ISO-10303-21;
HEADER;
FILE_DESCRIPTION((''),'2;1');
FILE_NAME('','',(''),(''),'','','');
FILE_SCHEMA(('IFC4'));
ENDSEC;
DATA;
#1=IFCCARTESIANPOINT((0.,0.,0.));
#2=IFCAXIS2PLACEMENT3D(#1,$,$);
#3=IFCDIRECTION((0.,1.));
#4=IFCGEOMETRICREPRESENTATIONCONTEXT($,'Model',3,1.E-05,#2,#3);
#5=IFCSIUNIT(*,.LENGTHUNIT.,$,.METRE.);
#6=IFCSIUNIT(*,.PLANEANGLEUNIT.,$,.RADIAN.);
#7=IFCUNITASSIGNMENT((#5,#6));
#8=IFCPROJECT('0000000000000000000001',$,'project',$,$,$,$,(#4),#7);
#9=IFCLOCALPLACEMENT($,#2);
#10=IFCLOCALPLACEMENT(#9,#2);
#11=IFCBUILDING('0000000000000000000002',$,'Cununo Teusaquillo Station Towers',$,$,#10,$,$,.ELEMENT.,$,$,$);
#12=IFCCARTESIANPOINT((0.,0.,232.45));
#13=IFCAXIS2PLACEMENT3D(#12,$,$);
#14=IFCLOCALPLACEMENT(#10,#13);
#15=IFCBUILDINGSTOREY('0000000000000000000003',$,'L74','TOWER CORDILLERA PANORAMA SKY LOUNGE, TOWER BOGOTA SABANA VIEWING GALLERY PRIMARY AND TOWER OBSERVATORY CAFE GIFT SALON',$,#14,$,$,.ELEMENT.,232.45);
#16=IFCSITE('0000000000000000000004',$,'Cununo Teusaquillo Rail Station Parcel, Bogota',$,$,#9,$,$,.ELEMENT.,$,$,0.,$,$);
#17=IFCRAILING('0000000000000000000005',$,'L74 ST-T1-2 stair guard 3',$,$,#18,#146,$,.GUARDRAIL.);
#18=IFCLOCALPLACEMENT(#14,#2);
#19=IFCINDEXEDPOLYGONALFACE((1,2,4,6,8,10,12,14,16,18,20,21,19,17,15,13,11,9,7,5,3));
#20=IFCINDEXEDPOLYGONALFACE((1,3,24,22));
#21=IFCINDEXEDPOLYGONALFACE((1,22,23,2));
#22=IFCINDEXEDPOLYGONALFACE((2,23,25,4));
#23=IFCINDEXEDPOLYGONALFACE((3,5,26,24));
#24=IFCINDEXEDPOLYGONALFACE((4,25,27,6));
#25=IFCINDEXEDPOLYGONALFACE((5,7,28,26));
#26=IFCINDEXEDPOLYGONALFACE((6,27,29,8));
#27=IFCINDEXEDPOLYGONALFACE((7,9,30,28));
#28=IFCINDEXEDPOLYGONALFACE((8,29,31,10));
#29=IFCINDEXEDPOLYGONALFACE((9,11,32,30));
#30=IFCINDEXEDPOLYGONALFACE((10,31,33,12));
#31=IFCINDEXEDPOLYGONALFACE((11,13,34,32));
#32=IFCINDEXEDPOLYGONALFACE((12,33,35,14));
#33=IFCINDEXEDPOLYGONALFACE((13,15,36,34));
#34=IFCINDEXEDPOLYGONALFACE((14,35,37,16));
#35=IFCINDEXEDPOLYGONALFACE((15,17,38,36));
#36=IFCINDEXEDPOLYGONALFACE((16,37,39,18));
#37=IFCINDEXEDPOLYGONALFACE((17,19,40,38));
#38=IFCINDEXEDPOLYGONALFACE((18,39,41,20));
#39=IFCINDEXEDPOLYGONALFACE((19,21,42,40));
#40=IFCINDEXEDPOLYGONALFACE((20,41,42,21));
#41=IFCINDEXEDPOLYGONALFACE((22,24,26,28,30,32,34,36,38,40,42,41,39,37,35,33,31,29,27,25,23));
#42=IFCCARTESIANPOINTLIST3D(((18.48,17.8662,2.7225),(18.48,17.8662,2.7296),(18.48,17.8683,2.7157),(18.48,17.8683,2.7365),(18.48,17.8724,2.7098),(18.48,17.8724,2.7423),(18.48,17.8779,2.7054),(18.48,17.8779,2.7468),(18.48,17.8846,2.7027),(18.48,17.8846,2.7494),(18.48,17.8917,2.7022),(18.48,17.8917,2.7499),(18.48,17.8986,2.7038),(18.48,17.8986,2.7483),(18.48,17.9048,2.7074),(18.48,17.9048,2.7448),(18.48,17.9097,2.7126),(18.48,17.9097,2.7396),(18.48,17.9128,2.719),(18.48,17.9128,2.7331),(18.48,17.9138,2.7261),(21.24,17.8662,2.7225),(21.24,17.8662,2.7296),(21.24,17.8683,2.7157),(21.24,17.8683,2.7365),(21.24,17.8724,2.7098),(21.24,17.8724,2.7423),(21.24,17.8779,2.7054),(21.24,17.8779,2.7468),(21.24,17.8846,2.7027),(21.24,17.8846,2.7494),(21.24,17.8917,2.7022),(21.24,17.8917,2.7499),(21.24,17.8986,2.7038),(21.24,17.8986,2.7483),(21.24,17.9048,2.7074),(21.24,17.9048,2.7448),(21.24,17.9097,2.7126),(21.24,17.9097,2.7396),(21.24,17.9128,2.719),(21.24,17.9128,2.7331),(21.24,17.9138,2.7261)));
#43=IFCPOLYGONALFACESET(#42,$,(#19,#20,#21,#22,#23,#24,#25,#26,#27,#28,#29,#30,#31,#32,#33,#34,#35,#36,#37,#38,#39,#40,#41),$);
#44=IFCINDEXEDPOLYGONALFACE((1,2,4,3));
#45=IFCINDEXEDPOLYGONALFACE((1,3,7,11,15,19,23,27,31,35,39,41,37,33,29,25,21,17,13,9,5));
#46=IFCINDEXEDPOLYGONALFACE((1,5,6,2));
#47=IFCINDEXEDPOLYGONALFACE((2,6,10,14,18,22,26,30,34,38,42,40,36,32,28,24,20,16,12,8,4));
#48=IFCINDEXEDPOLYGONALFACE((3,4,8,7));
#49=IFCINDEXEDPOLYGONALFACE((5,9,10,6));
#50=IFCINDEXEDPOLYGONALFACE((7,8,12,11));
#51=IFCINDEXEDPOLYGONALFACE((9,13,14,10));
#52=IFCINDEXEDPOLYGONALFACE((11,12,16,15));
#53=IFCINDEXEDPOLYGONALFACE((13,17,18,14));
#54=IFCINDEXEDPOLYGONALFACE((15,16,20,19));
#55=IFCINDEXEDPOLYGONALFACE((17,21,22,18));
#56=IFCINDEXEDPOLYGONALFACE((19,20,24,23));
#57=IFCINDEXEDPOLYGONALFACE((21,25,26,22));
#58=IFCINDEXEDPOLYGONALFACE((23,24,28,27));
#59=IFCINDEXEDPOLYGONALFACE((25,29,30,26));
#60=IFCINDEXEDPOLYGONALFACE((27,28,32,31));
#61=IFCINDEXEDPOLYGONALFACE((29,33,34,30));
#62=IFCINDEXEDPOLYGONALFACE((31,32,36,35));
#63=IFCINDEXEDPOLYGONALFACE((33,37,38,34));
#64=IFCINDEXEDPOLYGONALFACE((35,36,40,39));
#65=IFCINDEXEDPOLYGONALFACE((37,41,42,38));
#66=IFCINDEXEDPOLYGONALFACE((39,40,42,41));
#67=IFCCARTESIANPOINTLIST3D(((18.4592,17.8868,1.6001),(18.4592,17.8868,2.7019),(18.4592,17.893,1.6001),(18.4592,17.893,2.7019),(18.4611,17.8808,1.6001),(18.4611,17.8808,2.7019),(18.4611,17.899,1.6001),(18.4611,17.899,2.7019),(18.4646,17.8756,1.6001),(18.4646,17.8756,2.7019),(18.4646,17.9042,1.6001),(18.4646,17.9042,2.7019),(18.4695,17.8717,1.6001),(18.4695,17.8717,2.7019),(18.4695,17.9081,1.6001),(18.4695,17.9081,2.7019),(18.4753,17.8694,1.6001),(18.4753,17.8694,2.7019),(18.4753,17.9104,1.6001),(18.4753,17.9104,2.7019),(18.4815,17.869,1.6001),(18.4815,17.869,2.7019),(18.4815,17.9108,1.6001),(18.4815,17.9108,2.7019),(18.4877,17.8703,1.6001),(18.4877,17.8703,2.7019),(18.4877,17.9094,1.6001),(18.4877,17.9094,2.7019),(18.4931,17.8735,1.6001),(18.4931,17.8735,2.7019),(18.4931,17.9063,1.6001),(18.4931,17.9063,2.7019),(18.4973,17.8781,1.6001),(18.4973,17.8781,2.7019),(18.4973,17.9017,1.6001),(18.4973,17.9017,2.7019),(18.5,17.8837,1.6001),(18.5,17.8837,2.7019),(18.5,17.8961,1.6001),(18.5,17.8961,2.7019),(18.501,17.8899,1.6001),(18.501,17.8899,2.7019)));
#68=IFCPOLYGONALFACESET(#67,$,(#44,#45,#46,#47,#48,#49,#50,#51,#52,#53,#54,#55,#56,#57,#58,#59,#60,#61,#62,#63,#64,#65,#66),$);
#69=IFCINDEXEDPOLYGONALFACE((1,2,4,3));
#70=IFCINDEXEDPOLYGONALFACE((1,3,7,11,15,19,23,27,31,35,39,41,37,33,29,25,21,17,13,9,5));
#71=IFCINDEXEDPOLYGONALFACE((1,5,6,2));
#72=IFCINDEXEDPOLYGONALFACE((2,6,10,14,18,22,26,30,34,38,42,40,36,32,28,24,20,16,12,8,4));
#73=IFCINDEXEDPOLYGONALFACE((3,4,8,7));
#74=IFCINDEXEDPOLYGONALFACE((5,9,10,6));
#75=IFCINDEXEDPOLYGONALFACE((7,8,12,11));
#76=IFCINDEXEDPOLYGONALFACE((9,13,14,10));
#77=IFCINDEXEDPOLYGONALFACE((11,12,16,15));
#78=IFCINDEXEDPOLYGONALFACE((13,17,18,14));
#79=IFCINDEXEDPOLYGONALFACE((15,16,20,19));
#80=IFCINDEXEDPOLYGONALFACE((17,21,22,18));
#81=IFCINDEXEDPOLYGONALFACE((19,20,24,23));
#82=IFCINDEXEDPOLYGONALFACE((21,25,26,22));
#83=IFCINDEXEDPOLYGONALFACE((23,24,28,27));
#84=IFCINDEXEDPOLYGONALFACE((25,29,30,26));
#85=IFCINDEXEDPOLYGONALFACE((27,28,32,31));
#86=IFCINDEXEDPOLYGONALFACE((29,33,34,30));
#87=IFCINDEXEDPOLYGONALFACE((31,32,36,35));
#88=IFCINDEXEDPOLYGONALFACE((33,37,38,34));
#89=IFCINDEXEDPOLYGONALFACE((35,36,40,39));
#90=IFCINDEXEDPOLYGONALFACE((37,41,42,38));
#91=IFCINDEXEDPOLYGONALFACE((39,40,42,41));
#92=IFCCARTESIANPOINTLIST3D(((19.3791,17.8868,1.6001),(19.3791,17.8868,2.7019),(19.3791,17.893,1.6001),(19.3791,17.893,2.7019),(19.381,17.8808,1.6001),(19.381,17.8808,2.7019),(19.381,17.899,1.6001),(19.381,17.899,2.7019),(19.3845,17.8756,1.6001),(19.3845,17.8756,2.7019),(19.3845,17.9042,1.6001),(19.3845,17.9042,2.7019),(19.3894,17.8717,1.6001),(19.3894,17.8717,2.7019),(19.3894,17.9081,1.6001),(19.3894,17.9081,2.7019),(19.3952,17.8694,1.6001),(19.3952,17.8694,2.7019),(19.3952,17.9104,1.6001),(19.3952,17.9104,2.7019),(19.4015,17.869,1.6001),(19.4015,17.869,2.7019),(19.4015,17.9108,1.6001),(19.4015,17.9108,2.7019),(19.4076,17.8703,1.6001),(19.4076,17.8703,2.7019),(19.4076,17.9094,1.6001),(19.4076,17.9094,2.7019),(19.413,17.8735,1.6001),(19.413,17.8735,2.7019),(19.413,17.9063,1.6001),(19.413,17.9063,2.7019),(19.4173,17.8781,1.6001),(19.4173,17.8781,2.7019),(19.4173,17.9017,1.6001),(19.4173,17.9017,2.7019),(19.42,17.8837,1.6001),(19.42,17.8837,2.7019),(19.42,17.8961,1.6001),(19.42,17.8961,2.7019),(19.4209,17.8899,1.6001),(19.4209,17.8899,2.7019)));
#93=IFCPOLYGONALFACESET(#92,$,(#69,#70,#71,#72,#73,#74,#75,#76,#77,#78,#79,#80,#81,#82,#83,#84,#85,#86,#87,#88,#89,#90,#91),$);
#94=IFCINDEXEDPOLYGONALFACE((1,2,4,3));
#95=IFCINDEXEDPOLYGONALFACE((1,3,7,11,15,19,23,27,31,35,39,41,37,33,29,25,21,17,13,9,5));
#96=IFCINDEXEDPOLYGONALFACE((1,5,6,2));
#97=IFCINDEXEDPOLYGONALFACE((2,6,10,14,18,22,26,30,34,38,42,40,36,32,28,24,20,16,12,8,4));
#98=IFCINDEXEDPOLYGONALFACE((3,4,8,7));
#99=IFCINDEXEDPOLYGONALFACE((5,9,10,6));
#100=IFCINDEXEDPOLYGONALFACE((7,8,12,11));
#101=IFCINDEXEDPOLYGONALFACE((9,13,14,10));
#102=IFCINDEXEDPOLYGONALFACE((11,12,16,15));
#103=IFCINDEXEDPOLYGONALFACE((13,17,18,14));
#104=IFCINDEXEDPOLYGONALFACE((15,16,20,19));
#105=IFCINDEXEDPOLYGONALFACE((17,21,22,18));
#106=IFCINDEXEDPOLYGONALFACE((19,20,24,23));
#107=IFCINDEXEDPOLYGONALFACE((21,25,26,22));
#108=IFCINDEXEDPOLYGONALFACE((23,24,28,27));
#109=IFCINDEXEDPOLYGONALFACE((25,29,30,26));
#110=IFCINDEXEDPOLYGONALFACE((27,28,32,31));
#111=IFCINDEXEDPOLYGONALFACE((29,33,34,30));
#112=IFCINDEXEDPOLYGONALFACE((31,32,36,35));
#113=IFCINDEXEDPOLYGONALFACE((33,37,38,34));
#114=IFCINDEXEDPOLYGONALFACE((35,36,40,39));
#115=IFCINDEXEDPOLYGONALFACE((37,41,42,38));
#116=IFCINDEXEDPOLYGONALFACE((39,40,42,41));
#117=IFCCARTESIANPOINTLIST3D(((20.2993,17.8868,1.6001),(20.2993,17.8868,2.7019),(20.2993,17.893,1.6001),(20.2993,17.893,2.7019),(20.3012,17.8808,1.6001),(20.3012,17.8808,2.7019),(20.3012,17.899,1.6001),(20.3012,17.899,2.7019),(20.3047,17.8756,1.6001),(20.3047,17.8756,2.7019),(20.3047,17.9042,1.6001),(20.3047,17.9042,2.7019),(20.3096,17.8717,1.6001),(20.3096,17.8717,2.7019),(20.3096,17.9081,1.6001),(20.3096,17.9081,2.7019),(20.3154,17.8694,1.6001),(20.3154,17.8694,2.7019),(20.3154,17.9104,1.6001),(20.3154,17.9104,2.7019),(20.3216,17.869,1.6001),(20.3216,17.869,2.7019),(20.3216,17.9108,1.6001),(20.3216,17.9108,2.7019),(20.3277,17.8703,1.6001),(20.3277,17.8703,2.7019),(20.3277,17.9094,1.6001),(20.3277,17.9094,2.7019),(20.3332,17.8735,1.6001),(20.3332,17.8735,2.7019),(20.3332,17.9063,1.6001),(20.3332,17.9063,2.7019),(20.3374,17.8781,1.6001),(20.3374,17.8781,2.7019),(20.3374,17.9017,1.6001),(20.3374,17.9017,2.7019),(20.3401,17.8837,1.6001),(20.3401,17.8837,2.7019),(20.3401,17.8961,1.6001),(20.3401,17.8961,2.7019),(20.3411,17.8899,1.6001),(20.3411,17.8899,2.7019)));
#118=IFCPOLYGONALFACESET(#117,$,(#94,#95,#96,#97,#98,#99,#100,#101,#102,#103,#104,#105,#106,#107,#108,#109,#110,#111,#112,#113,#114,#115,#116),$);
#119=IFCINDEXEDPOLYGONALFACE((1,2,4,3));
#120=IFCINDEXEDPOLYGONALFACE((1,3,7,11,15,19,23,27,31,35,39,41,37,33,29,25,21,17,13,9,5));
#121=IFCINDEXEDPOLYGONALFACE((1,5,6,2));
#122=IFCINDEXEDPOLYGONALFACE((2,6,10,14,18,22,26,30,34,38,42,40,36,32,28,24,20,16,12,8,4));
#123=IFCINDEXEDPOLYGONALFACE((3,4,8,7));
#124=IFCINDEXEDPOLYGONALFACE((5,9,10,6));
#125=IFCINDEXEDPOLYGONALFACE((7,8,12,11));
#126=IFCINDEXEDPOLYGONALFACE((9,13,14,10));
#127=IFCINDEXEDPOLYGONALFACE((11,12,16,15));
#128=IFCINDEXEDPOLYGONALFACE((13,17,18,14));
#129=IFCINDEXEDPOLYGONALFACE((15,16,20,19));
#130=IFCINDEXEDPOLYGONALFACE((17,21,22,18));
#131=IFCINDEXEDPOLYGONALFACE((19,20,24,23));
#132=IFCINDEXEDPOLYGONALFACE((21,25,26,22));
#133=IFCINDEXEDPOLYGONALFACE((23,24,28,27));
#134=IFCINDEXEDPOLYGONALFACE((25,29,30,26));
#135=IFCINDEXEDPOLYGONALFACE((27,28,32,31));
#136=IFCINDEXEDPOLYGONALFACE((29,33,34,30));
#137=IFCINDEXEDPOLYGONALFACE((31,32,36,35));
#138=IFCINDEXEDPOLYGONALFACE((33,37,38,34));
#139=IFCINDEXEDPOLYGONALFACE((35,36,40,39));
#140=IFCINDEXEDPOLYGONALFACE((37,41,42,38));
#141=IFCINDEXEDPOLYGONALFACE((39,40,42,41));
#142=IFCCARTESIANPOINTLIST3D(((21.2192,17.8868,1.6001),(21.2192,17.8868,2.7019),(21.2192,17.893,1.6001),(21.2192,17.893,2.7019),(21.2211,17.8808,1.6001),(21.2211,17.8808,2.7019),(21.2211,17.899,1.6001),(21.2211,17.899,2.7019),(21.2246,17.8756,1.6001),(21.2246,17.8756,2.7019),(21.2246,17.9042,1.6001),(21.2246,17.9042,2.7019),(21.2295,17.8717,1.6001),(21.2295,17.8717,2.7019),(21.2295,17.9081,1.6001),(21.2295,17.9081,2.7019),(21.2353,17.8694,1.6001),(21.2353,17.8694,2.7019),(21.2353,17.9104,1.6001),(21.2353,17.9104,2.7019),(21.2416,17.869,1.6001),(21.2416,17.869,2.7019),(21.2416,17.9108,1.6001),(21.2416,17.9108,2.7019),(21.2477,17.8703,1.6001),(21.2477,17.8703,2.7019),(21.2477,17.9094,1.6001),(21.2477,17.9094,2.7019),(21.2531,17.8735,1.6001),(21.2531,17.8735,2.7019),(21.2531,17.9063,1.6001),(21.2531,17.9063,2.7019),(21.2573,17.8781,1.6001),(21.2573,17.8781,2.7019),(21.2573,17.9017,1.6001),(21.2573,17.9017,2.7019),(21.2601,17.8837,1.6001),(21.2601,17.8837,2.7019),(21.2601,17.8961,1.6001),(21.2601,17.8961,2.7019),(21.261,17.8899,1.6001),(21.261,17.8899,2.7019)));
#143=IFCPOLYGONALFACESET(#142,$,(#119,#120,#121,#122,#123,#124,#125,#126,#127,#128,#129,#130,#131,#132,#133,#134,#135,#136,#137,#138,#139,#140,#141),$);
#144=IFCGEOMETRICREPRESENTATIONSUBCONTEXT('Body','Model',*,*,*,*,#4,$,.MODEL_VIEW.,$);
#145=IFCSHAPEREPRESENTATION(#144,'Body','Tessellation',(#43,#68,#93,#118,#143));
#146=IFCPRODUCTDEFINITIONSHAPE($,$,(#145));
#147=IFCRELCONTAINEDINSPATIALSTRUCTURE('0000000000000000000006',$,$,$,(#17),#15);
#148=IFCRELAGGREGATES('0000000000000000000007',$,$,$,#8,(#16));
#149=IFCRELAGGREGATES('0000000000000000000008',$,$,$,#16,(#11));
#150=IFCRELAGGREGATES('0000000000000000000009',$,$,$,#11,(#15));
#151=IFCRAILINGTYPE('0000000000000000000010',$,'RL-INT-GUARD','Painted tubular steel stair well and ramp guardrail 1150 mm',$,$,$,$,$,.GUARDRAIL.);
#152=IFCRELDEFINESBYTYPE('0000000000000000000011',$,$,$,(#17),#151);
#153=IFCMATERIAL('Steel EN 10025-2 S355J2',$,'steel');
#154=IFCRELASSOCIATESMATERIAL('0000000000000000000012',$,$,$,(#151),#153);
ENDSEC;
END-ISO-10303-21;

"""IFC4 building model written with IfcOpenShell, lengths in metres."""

from ifc_helpers import new_model, si_unit, direction, frame, origin, origin_2d, place, context, subcontext, project, spatial, circle, extrude, material, type_object, element, save


model = new_model("IFC4")

# Units and contexts
model_context = context("Model", 3, precision=1e-05, world=origin(), true_north=direction((0.0, 1.0)))
body_context = subcontext(model_context, "Body", "Model", "MODEL_VIEW")
ifc_project = project(units=[si_unit("LENGTHUNIT", "METRE"), si_unit("PLANEANGLEUNIT", "RADIAN")], contexts=[model_context])

# Site, building, storey
site_placement = place(None, origin())
site = spatial("IfcSite", under=ifc_project, at=site_placement, Name="Cununo Teusaquillo Rail Station Parcel, Bogota", CompositionType="ELEMENT", RefElevation=0.0)
building_placement = place(site_placement, origin())
building = spatial("IfcBuilding", under=site, at=building_placement, Name="Cununo Teusaquillo Station Towers", CompositionType="ELEMENT")
storey_placement = place(building_placement, frame((0.0, 0.0, 232.45)))
storey = spatial("IfcBuildingStorey", under=building, at=storey_placement, Name="L74", Description="TOWER CORDILLERA PANORAMA SKY LOUNGE, TOWER BOGOTA SABANA VIEWING GALLERY PRIMARY AND TOWER OBSERVATORY CAFE GIFT SALON", CompositionType="ELEMENT", Elevation=232.45)

# Railing
ifc_material_1 = material(Name="Steel EN 10025-2 S355J2", Category="steel")
railing_type_1 = type_object("IfcRailingType", Name="RL-INT-GUARD", Description="Painted tubular steel stair well and ramp guardrail 1150 mm", PredefinedType="GUARDRAIL", material=ifc_material_1)
railing_1_placement = place(storey_placement, frame((18.48, 17.8899, 1.6001)))
element("IfcRailing", 1, at=railing_1_placement, inside=storey, type_object=railing_type_1, Name="L74 ST-T1-2 stair guard 3", PredefinedType="GUARDRAIL", context=body_context, shape_type="SweptSolid", body=[
    extrude(circle(Radius=0.0239, at=origin_2d()), frame((0.0, 0.0, 1.126), z_axis=(1.0, 0.0, 0.0), x_axis=(0.0, 1.0, 0.0)), (0.0, 0.0, 1.0), 2.76),
    extrude(circle(Radius=0.021, at=origin_2d()), origin(), (0.0, 0.0, 1.0), 1.1018),
    extrude(circle(Radius=0.021, at=origin_2d()), frame((0.9199, 0.0, 0.0)), (0.0, 0.0, 1.0), 1.1018),
    extrude(circle(Radius=0.021, at=origin_2d()), frame((1.8401, 0.0, 0.0)), (0.0, 0.0, 1.0), 1.1018),
    extrude(circle(Radius=0.021, at=origin_2d()), frame((2.76, 0.0, 0.0)), (0.0, 0.0, 1.0), 1.1018),
])

save(model, "model.ifc")
